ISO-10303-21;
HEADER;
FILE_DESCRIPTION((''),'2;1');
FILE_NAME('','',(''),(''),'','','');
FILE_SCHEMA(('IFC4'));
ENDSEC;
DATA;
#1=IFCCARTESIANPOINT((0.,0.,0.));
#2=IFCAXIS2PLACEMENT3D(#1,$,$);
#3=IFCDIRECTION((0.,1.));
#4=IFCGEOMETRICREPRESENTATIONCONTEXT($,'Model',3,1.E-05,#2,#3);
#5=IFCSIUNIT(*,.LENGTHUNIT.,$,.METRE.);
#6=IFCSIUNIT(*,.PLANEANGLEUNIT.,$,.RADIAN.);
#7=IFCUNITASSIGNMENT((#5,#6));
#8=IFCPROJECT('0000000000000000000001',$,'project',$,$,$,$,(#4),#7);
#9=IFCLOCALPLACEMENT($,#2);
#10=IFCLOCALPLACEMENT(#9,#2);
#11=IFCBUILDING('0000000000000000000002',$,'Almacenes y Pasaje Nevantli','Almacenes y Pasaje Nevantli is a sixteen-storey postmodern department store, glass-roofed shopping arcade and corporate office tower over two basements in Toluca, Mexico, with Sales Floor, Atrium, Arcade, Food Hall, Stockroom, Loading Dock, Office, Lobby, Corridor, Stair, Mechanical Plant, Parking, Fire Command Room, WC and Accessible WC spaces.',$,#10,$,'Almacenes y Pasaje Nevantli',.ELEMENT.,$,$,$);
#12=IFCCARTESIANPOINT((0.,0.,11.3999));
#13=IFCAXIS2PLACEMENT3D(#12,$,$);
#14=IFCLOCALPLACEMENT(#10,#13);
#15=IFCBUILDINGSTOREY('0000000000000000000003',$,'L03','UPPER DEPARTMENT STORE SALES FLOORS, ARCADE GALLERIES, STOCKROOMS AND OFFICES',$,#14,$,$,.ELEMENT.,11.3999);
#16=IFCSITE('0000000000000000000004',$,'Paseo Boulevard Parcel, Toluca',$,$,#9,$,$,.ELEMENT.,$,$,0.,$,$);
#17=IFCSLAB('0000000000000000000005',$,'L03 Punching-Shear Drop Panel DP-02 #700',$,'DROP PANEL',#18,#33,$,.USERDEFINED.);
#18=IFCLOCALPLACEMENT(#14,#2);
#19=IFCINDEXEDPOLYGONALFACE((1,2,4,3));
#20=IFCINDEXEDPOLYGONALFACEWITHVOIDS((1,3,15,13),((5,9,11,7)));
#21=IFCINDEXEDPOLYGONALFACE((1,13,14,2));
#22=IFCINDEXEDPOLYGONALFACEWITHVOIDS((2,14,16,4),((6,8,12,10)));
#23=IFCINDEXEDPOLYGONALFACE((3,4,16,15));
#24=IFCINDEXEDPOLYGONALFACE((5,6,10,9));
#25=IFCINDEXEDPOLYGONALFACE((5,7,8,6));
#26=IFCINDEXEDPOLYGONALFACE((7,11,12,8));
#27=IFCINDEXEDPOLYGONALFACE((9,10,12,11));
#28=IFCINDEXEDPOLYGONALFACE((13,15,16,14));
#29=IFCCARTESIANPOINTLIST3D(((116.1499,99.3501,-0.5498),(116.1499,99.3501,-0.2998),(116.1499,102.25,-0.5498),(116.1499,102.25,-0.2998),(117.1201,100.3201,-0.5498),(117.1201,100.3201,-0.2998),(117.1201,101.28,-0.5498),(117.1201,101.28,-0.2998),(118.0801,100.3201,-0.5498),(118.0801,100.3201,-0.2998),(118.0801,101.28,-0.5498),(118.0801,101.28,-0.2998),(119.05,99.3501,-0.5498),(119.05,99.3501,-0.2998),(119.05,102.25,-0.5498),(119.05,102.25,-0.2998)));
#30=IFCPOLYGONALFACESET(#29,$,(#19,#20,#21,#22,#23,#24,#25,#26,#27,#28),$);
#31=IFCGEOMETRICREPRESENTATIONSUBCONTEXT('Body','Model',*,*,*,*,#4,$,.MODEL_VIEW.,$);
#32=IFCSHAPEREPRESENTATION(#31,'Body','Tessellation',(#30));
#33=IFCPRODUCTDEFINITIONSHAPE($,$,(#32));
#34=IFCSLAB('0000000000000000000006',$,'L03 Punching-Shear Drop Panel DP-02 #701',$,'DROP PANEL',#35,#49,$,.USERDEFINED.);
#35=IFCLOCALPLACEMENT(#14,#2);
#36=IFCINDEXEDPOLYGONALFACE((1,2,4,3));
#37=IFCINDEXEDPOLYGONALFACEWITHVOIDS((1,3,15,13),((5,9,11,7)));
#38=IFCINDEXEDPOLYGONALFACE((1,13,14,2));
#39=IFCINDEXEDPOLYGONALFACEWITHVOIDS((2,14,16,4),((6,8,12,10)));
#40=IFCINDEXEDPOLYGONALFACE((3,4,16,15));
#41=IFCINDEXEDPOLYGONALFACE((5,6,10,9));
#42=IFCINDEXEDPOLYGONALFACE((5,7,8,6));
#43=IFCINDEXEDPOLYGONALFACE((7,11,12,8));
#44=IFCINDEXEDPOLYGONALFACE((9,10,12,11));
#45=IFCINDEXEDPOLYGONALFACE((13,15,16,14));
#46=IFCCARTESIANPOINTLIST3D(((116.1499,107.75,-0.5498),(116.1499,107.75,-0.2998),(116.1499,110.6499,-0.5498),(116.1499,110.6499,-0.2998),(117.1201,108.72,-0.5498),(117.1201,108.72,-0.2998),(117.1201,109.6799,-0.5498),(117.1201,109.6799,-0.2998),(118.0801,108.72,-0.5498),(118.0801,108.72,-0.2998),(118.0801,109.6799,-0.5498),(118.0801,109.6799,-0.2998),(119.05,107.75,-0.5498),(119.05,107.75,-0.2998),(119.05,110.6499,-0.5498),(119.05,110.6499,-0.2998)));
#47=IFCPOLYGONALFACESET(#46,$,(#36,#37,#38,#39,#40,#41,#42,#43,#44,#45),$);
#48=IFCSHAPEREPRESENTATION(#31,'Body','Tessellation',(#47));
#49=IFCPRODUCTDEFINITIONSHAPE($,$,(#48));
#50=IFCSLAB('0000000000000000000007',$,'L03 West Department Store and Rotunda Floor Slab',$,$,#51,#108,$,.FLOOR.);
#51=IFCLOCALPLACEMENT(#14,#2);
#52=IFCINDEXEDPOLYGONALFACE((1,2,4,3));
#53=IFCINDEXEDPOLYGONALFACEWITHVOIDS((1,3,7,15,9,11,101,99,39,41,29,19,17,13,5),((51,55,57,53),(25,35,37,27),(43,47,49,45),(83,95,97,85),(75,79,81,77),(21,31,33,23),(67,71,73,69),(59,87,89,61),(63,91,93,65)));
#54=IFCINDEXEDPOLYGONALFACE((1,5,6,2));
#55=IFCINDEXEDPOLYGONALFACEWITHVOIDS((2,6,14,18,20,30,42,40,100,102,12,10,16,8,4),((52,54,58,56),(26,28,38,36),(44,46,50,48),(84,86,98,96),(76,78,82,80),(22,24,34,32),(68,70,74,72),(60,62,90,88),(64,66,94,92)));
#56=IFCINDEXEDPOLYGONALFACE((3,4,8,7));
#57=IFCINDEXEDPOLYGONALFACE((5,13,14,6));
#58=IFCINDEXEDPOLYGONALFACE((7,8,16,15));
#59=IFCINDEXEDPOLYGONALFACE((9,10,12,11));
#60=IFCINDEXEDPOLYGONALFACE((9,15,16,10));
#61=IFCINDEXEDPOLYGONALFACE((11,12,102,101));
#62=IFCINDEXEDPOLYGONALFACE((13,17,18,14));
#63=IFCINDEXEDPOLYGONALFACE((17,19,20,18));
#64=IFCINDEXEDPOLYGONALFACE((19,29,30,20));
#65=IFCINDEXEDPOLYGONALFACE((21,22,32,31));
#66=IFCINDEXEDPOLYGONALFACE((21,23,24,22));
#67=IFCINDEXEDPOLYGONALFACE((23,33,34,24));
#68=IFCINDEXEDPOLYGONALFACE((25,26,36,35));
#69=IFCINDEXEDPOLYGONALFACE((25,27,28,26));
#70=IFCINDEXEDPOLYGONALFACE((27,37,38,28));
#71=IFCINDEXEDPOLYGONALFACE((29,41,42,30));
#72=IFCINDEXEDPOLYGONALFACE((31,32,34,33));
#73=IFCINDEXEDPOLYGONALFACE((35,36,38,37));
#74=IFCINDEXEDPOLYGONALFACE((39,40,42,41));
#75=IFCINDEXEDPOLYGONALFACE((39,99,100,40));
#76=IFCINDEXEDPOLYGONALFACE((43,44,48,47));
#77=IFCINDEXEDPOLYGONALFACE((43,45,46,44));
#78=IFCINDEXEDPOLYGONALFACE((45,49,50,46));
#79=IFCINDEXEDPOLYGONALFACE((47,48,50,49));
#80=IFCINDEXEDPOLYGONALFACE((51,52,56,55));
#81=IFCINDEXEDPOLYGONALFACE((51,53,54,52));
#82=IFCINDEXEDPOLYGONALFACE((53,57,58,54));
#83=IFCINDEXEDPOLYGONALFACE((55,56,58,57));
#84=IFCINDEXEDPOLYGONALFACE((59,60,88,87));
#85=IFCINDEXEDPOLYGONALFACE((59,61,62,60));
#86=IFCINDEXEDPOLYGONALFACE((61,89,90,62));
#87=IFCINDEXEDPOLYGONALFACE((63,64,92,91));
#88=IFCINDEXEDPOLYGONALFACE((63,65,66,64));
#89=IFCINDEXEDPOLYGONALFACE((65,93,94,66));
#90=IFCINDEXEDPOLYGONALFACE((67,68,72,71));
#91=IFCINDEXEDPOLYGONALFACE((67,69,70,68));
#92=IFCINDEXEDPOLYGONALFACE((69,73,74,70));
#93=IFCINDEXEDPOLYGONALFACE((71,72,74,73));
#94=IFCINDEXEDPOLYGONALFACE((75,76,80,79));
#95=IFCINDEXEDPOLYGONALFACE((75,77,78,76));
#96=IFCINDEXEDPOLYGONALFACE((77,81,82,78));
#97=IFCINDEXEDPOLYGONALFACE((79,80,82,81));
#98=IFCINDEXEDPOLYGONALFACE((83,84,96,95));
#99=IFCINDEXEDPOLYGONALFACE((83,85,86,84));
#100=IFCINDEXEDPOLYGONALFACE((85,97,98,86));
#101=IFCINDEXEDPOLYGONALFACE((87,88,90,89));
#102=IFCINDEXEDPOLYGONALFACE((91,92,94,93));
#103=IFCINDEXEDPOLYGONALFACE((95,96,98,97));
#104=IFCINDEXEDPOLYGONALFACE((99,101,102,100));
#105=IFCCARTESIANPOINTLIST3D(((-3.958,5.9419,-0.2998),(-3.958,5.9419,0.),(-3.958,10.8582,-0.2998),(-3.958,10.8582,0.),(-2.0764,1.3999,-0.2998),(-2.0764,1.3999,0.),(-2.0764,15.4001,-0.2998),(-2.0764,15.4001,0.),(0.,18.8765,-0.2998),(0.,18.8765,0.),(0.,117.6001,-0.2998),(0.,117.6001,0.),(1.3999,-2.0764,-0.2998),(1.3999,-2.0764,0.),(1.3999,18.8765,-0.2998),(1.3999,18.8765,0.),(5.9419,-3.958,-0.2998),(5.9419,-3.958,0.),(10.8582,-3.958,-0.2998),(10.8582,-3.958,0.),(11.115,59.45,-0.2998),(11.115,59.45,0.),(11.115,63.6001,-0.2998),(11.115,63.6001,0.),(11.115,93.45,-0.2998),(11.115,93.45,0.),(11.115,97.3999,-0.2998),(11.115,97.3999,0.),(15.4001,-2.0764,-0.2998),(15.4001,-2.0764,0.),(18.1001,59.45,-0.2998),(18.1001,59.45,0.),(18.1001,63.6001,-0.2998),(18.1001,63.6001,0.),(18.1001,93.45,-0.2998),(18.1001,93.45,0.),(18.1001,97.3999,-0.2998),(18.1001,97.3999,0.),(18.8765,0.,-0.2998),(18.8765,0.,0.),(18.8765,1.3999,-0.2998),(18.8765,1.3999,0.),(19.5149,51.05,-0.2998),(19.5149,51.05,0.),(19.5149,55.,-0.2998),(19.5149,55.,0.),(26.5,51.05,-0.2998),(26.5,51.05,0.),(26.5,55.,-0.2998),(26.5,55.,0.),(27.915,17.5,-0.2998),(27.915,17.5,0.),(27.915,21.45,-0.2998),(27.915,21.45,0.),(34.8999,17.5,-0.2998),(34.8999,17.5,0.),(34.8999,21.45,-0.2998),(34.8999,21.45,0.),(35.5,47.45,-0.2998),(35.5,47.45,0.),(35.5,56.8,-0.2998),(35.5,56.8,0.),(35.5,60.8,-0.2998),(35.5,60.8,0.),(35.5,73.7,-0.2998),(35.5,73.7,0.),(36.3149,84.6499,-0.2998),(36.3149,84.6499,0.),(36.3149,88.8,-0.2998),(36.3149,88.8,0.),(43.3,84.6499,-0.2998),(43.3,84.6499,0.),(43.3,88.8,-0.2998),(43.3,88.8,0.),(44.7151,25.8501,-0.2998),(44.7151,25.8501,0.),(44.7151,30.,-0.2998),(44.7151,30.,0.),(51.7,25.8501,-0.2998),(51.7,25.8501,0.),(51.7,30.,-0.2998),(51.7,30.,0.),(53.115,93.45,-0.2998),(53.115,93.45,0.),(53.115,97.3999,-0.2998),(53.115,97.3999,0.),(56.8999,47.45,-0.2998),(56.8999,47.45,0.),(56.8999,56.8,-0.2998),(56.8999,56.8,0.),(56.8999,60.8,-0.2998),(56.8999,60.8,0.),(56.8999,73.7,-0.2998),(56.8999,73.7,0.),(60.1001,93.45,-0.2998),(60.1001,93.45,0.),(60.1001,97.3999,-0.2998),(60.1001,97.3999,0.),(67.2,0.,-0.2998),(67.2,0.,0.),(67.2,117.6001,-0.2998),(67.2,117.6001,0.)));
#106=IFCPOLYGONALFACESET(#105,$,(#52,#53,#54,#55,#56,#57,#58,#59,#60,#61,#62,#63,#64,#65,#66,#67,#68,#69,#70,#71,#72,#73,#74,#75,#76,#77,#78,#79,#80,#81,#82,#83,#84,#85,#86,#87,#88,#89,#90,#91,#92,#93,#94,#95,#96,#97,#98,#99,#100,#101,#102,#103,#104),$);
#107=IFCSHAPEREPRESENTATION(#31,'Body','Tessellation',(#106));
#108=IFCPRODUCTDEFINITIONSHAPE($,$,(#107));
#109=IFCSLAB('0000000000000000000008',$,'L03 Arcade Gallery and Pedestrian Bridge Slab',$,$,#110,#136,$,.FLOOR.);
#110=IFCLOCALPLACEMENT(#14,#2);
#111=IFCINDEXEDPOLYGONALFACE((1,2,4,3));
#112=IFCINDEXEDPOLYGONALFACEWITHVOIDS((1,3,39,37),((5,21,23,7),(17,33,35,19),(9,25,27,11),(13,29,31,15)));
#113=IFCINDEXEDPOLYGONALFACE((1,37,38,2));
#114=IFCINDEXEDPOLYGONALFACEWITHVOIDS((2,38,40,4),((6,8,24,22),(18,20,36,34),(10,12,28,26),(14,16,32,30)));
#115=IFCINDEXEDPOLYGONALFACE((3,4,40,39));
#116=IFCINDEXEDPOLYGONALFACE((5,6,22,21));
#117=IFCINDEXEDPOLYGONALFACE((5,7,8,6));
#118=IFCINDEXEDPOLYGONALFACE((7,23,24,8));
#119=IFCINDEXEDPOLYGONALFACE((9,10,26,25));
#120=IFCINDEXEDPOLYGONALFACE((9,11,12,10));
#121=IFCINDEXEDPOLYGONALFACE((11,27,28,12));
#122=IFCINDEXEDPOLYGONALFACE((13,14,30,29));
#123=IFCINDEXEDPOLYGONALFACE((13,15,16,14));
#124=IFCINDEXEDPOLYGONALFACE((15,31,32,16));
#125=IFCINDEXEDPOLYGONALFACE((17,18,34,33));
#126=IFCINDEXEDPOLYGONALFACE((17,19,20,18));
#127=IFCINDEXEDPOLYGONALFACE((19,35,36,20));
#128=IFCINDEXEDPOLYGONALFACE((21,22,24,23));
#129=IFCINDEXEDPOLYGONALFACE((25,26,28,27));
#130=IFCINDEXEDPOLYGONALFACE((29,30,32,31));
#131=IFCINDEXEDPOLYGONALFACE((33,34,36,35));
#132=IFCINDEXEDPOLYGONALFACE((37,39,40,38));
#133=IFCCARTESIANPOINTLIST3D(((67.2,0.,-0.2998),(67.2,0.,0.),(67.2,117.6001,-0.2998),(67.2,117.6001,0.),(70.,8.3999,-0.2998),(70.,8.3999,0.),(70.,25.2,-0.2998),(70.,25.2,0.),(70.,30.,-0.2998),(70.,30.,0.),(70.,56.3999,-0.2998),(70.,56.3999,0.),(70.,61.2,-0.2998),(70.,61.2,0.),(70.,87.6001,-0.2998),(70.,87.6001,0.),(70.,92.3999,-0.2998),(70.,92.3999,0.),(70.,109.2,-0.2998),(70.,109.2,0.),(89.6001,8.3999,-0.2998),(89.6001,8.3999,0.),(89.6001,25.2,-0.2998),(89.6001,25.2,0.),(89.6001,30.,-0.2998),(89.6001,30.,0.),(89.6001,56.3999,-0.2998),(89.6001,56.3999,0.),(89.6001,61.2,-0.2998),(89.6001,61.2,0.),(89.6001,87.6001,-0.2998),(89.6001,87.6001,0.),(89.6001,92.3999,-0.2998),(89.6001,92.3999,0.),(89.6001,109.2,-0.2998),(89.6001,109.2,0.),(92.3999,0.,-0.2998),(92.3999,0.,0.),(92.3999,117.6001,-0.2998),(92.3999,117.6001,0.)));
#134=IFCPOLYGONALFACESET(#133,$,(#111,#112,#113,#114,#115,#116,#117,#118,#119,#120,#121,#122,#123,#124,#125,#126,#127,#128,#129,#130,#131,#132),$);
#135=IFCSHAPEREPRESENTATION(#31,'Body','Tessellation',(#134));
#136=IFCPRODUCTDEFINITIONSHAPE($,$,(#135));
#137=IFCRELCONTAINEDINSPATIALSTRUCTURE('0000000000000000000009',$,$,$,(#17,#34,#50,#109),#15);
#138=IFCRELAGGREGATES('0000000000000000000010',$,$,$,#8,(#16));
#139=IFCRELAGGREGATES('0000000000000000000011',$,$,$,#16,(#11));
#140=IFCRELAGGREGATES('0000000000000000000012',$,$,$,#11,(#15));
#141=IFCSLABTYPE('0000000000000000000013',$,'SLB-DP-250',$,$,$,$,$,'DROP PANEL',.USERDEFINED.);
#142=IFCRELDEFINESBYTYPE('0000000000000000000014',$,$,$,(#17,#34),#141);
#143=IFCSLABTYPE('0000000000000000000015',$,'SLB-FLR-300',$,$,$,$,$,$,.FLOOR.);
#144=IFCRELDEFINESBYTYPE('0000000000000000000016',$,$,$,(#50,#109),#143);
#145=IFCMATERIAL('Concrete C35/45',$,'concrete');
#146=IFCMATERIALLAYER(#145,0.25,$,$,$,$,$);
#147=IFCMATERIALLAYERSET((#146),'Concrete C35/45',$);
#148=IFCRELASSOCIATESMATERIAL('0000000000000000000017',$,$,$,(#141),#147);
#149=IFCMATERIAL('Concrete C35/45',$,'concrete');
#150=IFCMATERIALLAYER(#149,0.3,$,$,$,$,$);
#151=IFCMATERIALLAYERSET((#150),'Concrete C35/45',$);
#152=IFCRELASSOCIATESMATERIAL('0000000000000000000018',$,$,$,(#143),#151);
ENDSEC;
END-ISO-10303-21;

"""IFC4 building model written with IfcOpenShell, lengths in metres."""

from ifc_helpers import new_model, si_unit, direction, frame, origin, place, context, subcontext, project, spatial, polyline, outline, extrude, material, layer, layer_set, type_object, element, save


model = new_model("IFC4")

# Units and contexts
model_context = context("Model", 3, precision=1e-05, world=origin(), true_north=direction((0.0, 1.0)))
body_context = subcontext(model_context, "Body", "Model", "MODEL_VIEW")
ifc_project = project(units=[si_unit("LENGTHUNIT", "METRE"), si_unit("PLANEANGLEUNIT", "RADIAN")], contexts=[model_context])

# Site, building, storey
site_placement = place(None, origin())
site = spatial("IfcSite", under=ifc_project, at=site_placement, Name="Paseo Boulevard Parcel, Toluca", CompositionType="ELEMENT", RefElevation=0.0)
building_placement = place(site_placement, origin())
building = spatial("IfcBuilding", under=site, at=building_placement, Name="Almacenes y Pasaje Nevantli", Description="Almacenes y Pasaje Nevantli is a sixteen-storey postmodern department store, glass-roofed shopping arcade and corporate office tower over two basements in Toluca, Mexico, with Sales Floor, Atrium, Arcade, Food Hall, Stockroom, Loading Dock, Office, Lobby, Corridor, Stair, Mechanical Plant, Parking, Fire Command Room, WC and Accessible WC spaces.", LongName="Almacenes y Pasaje Nevantli", CompositionType="ELEMENT")
storey_placement = place(building_placement, frame((0.0, 0.0, 11.3999)))
storey = spatial("IfcBuildingStorey", under=building, at=storey_placement, Name="L03", Description="UPPER DEPARTMENT STORE SALES FLOORS, ARCADE GALLERIES, STOCKROOMS AND OFFICES", CompositionType="ELEMENT", Elevation=11.3999)

# Slabs
ifc_material_1 = material(Name="Concrete C35/45", Category="concrete")
ifc_layer_1 = layer(ifc_material_1, 0.25)
ifc_layer_set_1 = layer_set([ifc_layer_1], Name="Concrete C35/45")
slab_type_1 = type_object("IfcSlabType", Name="SLB-DP-250", ElementType="DROP PANEL", PredefinedType="USERDEFINED", material=ifc_layer_set_1)
slab_1_placement = place(storey_placement, frame((0.0, 0.0, -0.5498)))
element("IfcSlab", 1, at=slab_1_placement, inside=storey, type_object=slab_type_1, Name="L03 Punching-Shear Drop Panel DP-02 #700", ObjectType="DROP PANEL", PredefinedType="USERDEFINED", context=body_context, shape_type="SweptSolid", body=[
    extrude(outline(polyline([(116.1499, 99.3501), (119.05, 99.3501), (119.05, 102.25), (116.1499, 102.25), (116.1499, 99.3501)]), holes=[polyline([(117.1201, 100.3201), (118.0801, 100.3201), (118.0801, 101.28), (117.1201, 101.28), (117.1201, 100.3201)])]), origin(), (0.0, 0.0, 1.0), 0.25),
])
slab_2_placement = place(storey_placement, frame((0.0, 0.0, -0.5498)))
element("IfcSlab", 2, at=slab_2_placement, inside=storey, type_object=slab_type_1, Name="L03 Punching-Shear Drop Panel DP-02 #701", ObjectType="DROP PANEL", PredefinedType="USERDEFINED", context=body_context, shape_type="SweptSolid", body=[
    extrude(outline(polyline([(116.1499, 107.75), (119.05, 107.75), (119.05, 110.6499), (116.1499, 110.6499), (116.1499, 107.75)]), holes=[polyline([(117.1201, 108.72), (118.0801, 108.72), (118.0801, 109.6799), (117.1201, 109.6799), (117.1201, 108.72)])]), origin(), (0.0, 0.0, 1.0), 0.25),
])
ifc_material_2 = material(Name="Concrete C35/45", Category="concrete")
ifc_layer_2 = layer(ifc_material_2, 0.3)
ifc_layer_set_2 = layer_set([ifc_layer_2], Name="Concrete C35/45")
slab_type_2 = type_object("IfcSlabType", Name="SLB-FLR-300", PredefinedType="FLOOR", material=ifc_layer_set_2)
slab_3_placement = place(storey_placement, frame((0.0, 0.0, -0.2998)))
element("IfcSlab", 3, at=slab_3_placement, inside=storey, type_object=slab_type_2, Name="L03 West Department Store and Rotunda Floor Slab", PredefinedType="FLOOR", context=body_context, shape_type="SweptSolid", body=[
    extrude(outline(polyline([(18.8765, 0.0), (67.2, 0.0), (67.2, 117.6001), (0.0, 117.6001), (0.0, 18.8765), (1.3999, 18.8765), (-2.0764, 15.4001), (-3.958, 10.8582), (-3.958, 5.9419), (-2.0764, 1.3999), (1.3999, -2.0764), (5.9419, -3.958), (10.8582, -3.958), (15.4001, -2.0764), (18.8765, 1.3999), (18.8765, 0.0)]), holes=[polyline([(11.115, 93.45), (18.1001, 93.45), (18.1001, 97.3999), (11.115, 97.3999), (11.115, 93.45)]), polyline([(27.915, 17.5), (34.8999, 17.5), (34.8999, 21.45), (27.915, 21.45), (27.915, 17.5)]), polyline([(53.115, 93.45), (60.1001, 93.45), (60.1001, 97.3999), (53.115, 97.3999), (53.115, 93.45)]), polyline([(11.115, 59.45), (18.1001, 59.45), (18.1001, 63.6001), (11.115, 63.6001), (11.115, 59.45)]), polyline([(44.7151, 25.8501), (51.7, 25.8501), (51.7, 30.0), (44.7151, 30.0), (44.7151, 25.8501)]), polyline([(36.3149, 84.6499), (43.3, 84.6499), (43.3, 88.8), (36.3149, 88.8), (36.3149, 84.6499)]), polyline([(19.5149, 51.05), (26.5, 51.05), (26.5, 55.0), (19.5149, 55.0), (19.5149, 51.05)]), polyline([(35.5, 47.45), (56.8999, 47.45), (56.8999, 56.8), (35.5, 56.8), (35.5, 47.45)]), polyline([(35.5, 60.8), (56.8999, 60.8), (56.8999, 73.7), (35.5, 73.7), (35.5, 60.8)])]), origin(), (0.0, 0.0, 1.0), 0.2998),
])
slab_4_placement = place(storey_placement, frame((0.0, 0.0, -0.2998)))
element("IfcSlab", 4, at=slab_4_placement, inside=storey, type_object=slab_type_2, Name="L03 Arcade Gallery and Pedestrian Bridge Slab", PredefinedType="FLOOR", context=body_context, shape_type="SweptSolid", body=[
    extrude(outline(polyline([(67.2, 0.0), (92.3999, 0.0), (92.3999, 117.6001), (67.2, 117.6001), (67.2, 0.0)]), holes=[polyline([(70.0, 8.3999), (89.6001, 8.3999), (89.6001, 25.2), (70.0, 25.2), (70.0, 8.3999)]), polyline([(70.0, 30.0), (89.6001, 30.0), (89.6001, 56.3999), (70.0, 56.3999), (70.0, 30.0)]), polyline([(70.0, 61.2), (89.6001, 61.2), (89.6001, 87.6001), (70.0, 87.6001), (70.0, 61.2)]), polyline([(70.0, 92.3999), (89.6001, 92.3999), (89.6001, 109.2), (70.0, 109.2), (70.0, 92.3999)])]), origin(), (0.0, 0.0, 1.0), 0.2998),
])

save(model, "model.ifc")
